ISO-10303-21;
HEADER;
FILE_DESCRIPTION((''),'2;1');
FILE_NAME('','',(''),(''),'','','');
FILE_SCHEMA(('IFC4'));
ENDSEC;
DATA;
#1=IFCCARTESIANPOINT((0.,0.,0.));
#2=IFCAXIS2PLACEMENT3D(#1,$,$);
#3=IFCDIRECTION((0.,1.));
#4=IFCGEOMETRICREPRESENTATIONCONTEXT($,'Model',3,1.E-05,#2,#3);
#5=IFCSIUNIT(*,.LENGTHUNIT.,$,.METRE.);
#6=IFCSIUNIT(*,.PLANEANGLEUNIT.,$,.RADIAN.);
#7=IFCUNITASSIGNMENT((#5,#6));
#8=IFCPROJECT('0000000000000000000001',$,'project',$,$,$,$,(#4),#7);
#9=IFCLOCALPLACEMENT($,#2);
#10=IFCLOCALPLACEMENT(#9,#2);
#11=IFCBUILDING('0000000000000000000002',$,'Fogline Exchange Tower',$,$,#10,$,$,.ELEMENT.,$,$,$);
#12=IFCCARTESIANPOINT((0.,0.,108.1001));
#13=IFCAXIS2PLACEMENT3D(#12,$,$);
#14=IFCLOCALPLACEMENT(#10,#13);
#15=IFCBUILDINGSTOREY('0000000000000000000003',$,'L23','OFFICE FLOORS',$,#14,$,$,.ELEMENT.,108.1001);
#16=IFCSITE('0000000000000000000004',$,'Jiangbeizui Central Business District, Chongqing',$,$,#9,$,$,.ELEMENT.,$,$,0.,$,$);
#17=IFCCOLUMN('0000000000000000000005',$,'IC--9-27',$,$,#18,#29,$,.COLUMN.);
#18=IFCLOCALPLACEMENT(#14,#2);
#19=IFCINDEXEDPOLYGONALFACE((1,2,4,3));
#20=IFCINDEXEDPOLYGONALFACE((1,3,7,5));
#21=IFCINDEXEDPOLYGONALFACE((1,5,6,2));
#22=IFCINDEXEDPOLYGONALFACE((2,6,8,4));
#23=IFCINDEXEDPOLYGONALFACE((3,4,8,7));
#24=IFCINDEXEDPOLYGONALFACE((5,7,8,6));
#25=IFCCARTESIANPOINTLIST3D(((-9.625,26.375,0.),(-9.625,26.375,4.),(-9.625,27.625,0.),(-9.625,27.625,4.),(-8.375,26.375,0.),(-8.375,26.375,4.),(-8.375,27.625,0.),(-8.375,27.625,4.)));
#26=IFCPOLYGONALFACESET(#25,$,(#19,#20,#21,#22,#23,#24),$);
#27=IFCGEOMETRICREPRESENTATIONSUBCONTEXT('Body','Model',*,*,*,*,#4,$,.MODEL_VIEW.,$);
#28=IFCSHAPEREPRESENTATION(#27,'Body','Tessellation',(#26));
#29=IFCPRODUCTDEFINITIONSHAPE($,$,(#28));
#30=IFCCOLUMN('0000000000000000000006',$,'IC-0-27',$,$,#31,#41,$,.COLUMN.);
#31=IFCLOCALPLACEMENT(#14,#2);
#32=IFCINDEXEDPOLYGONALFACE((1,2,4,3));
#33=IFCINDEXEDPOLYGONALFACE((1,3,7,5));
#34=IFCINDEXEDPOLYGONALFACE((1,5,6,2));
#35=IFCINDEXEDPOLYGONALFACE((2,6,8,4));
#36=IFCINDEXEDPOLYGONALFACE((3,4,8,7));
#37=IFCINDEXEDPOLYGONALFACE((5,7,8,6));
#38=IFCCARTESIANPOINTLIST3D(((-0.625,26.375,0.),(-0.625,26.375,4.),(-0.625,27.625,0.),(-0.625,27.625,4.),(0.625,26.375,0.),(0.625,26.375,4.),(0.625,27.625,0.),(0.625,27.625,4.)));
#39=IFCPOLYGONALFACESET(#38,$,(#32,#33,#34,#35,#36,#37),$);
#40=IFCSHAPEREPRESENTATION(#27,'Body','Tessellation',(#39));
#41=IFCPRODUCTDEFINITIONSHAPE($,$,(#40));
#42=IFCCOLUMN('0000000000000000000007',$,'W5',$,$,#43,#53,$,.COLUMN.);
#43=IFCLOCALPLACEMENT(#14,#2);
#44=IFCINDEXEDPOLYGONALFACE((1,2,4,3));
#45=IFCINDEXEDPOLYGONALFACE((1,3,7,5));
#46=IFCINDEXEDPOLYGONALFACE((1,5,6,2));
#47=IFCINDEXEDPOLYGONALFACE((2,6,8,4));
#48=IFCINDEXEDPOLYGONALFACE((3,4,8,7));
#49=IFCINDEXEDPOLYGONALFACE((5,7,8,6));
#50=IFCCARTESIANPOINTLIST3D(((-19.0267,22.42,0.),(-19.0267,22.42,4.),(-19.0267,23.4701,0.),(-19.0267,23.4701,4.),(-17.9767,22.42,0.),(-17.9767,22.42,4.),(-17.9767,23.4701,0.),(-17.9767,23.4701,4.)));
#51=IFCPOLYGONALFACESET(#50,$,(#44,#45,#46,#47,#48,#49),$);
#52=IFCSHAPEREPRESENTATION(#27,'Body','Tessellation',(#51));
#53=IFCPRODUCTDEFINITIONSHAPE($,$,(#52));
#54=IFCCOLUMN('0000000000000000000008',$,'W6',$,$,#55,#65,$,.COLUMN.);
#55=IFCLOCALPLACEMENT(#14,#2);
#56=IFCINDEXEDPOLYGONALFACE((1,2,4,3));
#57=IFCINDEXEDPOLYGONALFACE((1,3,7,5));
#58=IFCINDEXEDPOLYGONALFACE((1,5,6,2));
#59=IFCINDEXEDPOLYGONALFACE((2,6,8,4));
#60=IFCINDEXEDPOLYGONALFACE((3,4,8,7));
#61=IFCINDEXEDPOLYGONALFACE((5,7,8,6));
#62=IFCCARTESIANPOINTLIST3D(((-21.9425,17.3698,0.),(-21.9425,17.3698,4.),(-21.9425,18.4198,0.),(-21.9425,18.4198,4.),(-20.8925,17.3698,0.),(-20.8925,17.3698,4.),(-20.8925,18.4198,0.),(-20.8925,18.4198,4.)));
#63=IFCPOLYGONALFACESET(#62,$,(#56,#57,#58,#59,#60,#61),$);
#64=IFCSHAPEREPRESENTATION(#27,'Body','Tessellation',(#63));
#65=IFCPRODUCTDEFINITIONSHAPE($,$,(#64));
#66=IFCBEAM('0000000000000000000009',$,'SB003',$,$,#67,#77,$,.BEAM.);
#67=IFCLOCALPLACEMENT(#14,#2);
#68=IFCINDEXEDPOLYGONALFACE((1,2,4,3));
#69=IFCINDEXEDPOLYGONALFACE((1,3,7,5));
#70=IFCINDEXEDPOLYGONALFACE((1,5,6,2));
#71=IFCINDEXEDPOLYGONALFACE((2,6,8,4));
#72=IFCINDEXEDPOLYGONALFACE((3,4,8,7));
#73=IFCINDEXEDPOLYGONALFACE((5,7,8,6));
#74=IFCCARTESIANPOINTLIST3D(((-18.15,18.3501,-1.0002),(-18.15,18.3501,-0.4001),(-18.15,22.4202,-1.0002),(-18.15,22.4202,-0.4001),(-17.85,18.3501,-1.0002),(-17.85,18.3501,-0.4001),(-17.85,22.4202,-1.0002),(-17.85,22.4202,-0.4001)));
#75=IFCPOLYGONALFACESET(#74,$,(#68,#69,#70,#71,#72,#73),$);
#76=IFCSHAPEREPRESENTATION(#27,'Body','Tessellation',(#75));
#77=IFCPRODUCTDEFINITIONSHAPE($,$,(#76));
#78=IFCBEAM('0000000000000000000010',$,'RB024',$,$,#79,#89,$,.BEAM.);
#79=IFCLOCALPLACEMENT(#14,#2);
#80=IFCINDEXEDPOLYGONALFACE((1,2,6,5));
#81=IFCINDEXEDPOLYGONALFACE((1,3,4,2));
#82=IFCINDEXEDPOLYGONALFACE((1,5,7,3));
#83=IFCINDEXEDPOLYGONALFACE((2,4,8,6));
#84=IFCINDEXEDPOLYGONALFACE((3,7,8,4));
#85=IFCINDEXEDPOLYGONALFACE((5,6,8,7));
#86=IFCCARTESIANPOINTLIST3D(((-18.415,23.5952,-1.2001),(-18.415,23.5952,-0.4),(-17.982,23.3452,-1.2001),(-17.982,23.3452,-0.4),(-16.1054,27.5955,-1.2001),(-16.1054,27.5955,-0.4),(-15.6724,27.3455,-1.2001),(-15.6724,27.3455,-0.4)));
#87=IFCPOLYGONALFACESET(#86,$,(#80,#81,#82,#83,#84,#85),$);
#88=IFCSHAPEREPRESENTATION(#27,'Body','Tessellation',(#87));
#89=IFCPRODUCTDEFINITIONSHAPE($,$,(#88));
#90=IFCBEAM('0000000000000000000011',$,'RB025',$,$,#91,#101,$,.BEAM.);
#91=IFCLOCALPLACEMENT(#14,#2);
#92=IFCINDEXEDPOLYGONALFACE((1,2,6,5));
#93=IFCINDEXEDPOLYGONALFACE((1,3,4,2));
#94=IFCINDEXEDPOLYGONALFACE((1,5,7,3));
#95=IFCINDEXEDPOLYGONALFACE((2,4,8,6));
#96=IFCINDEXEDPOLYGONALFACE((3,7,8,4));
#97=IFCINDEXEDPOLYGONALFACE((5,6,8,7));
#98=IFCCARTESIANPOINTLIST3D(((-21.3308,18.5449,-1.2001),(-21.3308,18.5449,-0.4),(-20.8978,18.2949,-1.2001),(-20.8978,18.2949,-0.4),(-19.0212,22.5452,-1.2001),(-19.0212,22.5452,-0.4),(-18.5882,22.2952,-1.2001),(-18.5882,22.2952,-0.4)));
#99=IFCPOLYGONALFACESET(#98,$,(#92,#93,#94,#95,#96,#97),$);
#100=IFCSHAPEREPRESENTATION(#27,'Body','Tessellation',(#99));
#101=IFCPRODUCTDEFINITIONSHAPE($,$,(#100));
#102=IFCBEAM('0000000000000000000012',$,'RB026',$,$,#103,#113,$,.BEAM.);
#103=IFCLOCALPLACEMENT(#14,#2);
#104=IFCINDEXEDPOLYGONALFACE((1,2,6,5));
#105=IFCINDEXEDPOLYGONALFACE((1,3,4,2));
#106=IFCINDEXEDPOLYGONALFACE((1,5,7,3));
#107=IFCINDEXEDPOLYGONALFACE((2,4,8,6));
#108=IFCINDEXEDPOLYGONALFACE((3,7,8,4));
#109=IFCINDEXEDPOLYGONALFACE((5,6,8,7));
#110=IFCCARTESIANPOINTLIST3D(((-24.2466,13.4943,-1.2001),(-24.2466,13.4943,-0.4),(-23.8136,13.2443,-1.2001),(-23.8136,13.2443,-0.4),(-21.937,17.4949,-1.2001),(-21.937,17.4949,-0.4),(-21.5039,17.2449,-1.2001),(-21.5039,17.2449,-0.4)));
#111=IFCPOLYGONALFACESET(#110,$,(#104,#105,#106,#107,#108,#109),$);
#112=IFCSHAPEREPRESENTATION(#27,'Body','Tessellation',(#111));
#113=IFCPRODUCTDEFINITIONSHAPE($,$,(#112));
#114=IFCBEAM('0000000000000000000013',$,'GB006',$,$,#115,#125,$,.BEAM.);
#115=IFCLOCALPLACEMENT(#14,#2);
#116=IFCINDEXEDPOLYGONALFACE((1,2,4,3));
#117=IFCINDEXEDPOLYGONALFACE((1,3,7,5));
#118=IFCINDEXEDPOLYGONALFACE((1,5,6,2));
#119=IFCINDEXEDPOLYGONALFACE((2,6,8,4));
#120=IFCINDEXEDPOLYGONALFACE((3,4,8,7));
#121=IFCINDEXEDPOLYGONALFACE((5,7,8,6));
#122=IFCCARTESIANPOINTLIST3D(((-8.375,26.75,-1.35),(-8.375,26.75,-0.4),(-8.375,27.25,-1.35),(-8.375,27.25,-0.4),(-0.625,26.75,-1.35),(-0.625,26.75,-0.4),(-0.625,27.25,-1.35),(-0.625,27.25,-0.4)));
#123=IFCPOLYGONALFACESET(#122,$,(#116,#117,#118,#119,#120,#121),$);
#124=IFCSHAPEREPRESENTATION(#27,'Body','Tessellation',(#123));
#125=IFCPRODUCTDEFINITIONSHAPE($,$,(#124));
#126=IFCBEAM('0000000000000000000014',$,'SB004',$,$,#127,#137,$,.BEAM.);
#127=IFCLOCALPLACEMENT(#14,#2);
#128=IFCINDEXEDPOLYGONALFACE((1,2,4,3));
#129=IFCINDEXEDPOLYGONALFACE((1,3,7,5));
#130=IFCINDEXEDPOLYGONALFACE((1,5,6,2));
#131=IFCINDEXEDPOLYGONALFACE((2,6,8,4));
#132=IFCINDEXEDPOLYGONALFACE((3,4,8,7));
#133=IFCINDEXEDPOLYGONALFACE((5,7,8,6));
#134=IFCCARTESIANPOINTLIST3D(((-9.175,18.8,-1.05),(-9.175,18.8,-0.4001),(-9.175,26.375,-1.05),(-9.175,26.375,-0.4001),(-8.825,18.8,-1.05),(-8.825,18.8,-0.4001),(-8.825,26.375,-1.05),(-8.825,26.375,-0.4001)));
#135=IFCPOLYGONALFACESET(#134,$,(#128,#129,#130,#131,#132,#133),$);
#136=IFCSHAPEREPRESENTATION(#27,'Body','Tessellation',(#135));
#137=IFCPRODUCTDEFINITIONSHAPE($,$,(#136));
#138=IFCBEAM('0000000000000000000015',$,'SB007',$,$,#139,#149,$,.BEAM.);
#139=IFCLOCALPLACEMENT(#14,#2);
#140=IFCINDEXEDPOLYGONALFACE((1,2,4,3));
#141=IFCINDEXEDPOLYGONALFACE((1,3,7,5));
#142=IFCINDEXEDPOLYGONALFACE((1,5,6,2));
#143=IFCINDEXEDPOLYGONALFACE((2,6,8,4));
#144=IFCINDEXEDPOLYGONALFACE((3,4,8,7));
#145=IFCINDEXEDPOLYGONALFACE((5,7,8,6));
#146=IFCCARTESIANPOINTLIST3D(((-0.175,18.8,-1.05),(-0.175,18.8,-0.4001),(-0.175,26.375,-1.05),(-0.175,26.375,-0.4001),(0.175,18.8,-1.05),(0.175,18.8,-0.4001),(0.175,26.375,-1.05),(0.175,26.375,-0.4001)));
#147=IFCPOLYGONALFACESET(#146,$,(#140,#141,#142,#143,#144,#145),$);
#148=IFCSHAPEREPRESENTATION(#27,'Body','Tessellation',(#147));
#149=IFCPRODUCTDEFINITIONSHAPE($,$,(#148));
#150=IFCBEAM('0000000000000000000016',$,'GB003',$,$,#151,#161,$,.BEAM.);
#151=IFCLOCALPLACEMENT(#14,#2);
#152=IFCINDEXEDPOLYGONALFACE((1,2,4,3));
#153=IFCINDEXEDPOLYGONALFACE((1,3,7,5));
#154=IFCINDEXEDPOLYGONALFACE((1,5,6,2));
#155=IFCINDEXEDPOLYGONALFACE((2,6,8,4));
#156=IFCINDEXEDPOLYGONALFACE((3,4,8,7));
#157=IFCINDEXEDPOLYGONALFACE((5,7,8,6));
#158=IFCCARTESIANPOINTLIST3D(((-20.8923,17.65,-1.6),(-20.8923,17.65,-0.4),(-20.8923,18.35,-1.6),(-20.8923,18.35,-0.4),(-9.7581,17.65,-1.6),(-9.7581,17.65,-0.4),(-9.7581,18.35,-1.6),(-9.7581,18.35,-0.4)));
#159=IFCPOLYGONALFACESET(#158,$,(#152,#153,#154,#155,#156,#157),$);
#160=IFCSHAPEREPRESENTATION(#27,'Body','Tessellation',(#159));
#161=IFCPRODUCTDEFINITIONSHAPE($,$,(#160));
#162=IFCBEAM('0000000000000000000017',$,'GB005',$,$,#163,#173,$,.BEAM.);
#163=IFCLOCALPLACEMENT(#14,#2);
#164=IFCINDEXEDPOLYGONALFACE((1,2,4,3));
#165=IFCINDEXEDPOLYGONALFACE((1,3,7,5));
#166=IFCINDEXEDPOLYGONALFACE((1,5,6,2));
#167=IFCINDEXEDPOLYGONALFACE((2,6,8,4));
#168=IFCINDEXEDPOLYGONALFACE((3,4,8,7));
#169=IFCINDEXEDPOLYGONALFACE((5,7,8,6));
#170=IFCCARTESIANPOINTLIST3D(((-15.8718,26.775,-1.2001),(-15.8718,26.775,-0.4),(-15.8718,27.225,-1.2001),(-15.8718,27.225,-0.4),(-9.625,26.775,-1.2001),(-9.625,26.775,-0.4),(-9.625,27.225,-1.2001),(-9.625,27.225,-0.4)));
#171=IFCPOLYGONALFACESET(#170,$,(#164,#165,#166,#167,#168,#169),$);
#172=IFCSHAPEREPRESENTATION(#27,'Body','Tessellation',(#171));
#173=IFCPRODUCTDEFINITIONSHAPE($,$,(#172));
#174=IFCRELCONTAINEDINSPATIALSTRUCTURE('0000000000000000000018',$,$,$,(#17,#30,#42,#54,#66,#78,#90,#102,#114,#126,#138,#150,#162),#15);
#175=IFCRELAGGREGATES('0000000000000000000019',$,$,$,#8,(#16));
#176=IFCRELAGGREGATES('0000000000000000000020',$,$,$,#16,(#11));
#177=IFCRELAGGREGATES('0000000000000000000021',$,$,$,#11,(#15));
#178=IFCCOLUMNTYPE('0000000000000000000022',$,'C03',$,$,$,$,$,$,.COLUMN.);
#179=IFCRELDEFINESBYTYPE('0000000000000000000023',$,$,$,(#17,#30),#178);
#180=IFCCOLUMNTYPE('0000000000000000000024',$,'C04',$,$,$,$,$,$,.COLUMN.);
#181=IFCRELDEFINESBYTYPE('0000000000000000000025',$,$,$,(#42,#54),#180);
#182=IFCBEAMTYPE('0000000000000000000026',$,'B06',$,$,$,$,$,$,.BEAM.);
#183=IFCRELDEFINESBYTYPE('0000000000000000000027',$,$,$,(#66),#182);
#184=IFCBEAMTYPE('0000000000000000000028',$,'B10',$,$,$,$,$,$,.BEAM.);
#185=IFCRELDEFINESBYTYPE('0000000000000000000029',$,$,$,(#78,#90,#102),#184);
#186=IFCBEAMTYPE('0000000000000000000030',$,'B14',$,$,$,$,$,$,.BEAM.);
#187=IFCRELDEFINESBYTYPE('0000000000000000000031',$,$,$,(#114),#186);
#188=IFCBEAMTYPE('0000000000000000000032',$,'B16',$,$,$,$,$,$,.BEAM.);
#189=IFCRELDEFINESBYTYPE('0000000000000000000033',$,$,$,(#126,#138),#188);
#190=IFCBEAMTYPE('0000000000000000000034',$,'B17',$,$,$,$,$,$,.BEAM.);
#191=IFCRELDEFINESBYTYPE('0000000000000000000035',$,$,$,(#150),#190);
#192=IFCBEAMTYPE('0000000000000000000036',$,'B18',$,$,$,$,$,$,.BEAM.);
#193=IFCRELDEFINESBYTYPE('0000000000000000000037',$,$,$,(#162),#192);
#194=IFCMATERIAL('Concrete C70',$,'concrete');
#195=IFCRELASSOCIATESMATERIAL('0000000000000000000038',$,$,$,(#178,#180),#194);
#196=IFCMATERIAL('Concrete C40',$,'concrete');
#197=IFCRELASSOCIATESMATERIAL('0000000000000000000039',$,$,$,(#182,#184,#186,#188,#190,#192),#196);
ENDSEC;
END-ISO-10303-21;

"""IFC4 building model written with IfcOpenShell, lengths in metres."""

from ifc_helpers import new_model, si_unit, direction, frame, origin, origin_2d, place, context, subcontext, project, spatial, rectangle, extrude, material, material_profile, profile_set, type_object, element, save


model = new_model("IFC4")

# Units and contexts
model_context = context("Model", 3, precision=1e-05, world=origin(), true_north=direction((0.0, 1.0)))
body_context = subcontext(model_context, "Body", "Model", "MODEL_VIEW")
ifc_project = project(units=[si_unit("LENGTHUNIT", "METRE"), si_unit("PLANEANGLEUNIT", "RADIAN")], contexts=[model_context])

# Site, building, storey
site_placement = place(None, origin())
site = spatial("IfcSite", under=ifc_project, at=site_placement, Name="Jiangbeizui Central Business District, Chongqing", CompositionType="ELEMENT", RefElevation=0.0)
building_placement = place(site_placement, origin())
building = spatial("IfcBuilding", under=site, at=building_placement, Name="Fogline Exchange Tower", CompositionType="ELEMENT")
storey_placement = place(building_placement, frame((0.0, 0.0, 108.1001)))
storey = spatial("IfcBuildingStorey", under=building, at=storey_placement, Name="L23", Description="OFFICE FLOORS", CompositionType="ELEMENT", Elevation=108.1001)

# Columns
ifc_material_1 = material(Name="Concrete C70", Category="concrete")
ifc_material_profile_1 = material_profile(ifc_material_1, rectangle(XDim=1.25, YDim=1.25, at=origin_2d()), Name="RC 1250x1250")
ifc_profile_set_1 = profile_set([ifc_material_profile_1], Name="Concrete C70")
column_type_1 = type_object("IfcColumnType", Name="C03", PredefinedType="COLUMN", material=ifc_profile_set_1)
for number, where, z_axis, x_axis, name in (
    (1, (-9.0, 27.0, 0.0), (0.0, 0.0, 1.0), (1.0, 0.0, 0.0), "IC--9-27"),
    (2, (0.0, 27.0, 0.0), (0.0, 0.0, 1.0), (1.0, 0.0, 0.0), "IC-0-27"),
):
    element("IfcColumn", number, at=place(storey_placement, frame(where, z_axis=z_axis, x_axis=x_axis)), inside=storey, type_object=column_type_1, Name=name, PredefinedType="COLUMN", context=body_context, shape_type="SweptSolid", body=[
        extrude(rectangle(XDim=1.25, YDim=1.25, at=origin_2d()), origin(), (0.0, 0.0, 1.0), 4.0),
    ])
ifc_material_profile_2 = material_profile(ifc_material_1, rectangle(XDim=1.05, YDim=1.05, at=origin_2d()), Name="RC 1050x1050")
ifc_profile_set_2 = profile_set([ifc_material_profile_2], Name="Concrete C70")
column_type_2 = type_object("IfcColumnType", Name="C04", PredefinedType="COLUMN", material=ifc_profile_set_2)
for number, where, z_axis, x_axis, name in (
    (3, (-18.5017, 22.9451, 0.0), (0.0, 0.0, 1.0), (1.0, 0.0, 0.0), "W5"),
    (4, (-21.4175, 17.8948, 0.0), (0.0, 0.0, 1.0), (1.0, 0.0, 0.0), "W6"),
):
    element("IfcColumn", number, at=place(storey_placement, frame(where, z_axis=z_axis, x_axis=x_axis)), inside=storey, type_object=column_type_2, Name=name, PredefinedType="COLUMN", context=body_context, shape_type="SweptSolid", body=[
        extrude(rectangle(XDim=1.05, YDim=1.05, at=origin_2d()), origin(), (0.0, 0.0, 1.0), 4.0),
    ])

# Beams
ifc_material_2 = material(Name="Concrete C40", Category="concrete")
ifc_material_profile_3 = material_profile(ifc_material_2, rectangle(XDim=0.3, YDim=0.6001, at=origin_2d()), Name="RC 300x600")
ifc_profile_set_3 = profile_set([ifc_material_profile_3], Name="Concrete C40")
beam_type_1 = type_object("IfcBeamType", Name="B06", PredefinedType="BEAM", material=ifc_profile_set_3)
beam_1_placement = place(storey_placement, frame((-18.0, 18.3501, -0.7002), z_axis=(0.0, 1.0, 0.0), x_axis=(-1.0, 0.0, 0.0)))
element("IfcBeam", 5, at=beam_1_placement, inside=storey, type_object=beam_type_1, Name="SB003", PredefinedType="BEAM", context=body_context, shape_type="SweptSolid", body=[
    extrude(rectangle(XDim=0.3, YDim=0.6001, at=origin_2d()), origin(), (0.0, 0.0, 1.0), 4.0701),
])
ifc_material_profile_4 = material_profile(ifc_material_2, rectangle(XDim=0.5, YDim=0.8, at=origin_2d()), Name="RC 500x800")
ifc_profile_set_4 = profile_set([ifc_material_profile_4], Name="Concrete C40")
beam_type_2 = type_object("IfcBeamType", Name="B10", PredefinedType="BEAM", material=ifc_profile_set_4)
for number, where, z_axis, x_axis, name in (
    (6, (-15.8889, 27.4705, -0.8), (-0.500005, -0.866023, 0.0), (0.866023, -0.500005, 0.0), "RB024"),
    (7, (-18.8047, 22.4202, -0.8), (-0.500005, -0.866023, 0.0), (0.866023, -0.500005, 0.0), "RB025"),
):
    element("IfcBeam", number, at=place(storey_placement, frame(where, z_axis=z_axis, x_axis=x_axis)), inside=storey, type_object=beam_type_2, Name=name, PredefinedType="BEAM", context=body_context, shape_type="SweptSolid", body=[
        extrude(rectangle(XDim=0.5, YDim=0.8, at=origin_2d()), origin(), (0.0, 0.0, 1.0), 4.6191),
    ])
beam_2_placement = place(storey_placement, frame((-21.7205, 17.3699, -0.8), z_axis=(-0.499982, -0.866036, 0.0), x_axis=(0.866036, -0.499982, 0.0)))
element("IfcBeam", 8, at=beam_2_placement, inside=storey, type_object=beam_type_2, Name="RB026", PredefinedType="BEAM", context=body_context, shape_type="SweptSolid", body=[
    extrude(rectangle(XDim=0.5, YDim=0.8, at=origin_2d()), origin(), (0.0, 0.0, 1.0), 4.6194),
])
ifc_material_profile_5 = material_profile(ifc_material_2, rectangle(XDim=0.5, YDim=0.95, at=origin_2d()), Name="RC 500x950")
ifc_profile_set_5 = profile_set([ifc_material_profile_5], Name="Concrete C40")
beam_type_3 = type_object("IfcBeamType", Name="B14", PredefinedType="BEAM", material=ifc_profile_set_5)
beam_3_placement = place(storey_placement, frame((-8.375, 27.0, -0.875), z_axis=(1.0, 0.0, 0.0), x_axis=(0.0, 1.0, 0.0)))
element("IfcBeam", 9, at=beam_3_placement, inside=storey, type_object=beam_type_3, Name="GB006", PredefinedType="BEAM", context=body_context, shape_type="SweptSolid", body=[
    extrude(rectangle(XDim=0.5, YDim=0.95, at=origin_2d()), origin(), (0.0, 0.0, 1.0), 7.75),
])
ifc_material_profile_6 = material_profile(ifc_material_2, rectangle(XDim=0.3501, YDim=0.6499, at=origin_2d()), Name="RC 350x650")
ifc_profile_set_6 = profile_set([ifc_material_profile_6], Name="Concrete C40")
beam_type_4 = type_object("IfcBeamType", Name="B16", PredefinedType="BEAM", material=ifc_profile_set_6)
for number, where, z_axis, x_axis, name in (
    (10, (-9.0, 18.8, -0.7251), (0.0, 1.0, 0.0), (-1.0, 0.0, 0.0), "SB004"),
    (11, (0.0, 18.8, -0.7251), (0.0, 1.0, 0.0), (-1.0, 0.0, 0.0), "SB007"),
):
    element("IfcBeam", number, at=place(storey_placement, frame(where, z_axis=z_axis, x_axis=x_axis)), inside=storey, type_object=beam_type_4, Name=name, PredefinedType="BEAM", context=body_context, shape_type="SweptSolid", body=[
        extrude(rectangle(XDim=0.3501, YDim=0.6499, at=origin_2d()), origin(), (0.0, 0.0, 1.0), 7.575),
    ])
ifc_material_profile_7 = material_profile(ifc_material_2, rectangle(XDim=0.7, YDim=1.2, at=origin_2d()), Name="RC 700x1200")
ifc_profile_set_7 = profile_set([ifc_material_profile_7], Name="Concrete C40")
beam_type_5 = type_object("IfcBeamType", Name="B17", PredefinedType="BEAM", material=ifc_profile_set_7)
beam_4_placement = place(storey_placement, frame((-20.8923, 18.0, -1.0), z_axis=(1.0, 0.0, 0.0), x_axis=(0.0, 1.0, 0.0)))
element("IfcBeam", 12, at=beam_4_placement, inside=storey, type_object=beam_type_5, Name="GB003", PredefinedType="BEAM", context=body_context, shape_type="SweptSolid", body=[
    extrude(rectangle(XDim=0.7, YDim=1.2, at=origin_2d()), origin(), (0.0, 0.0, 1.0), 11.1343),
])
ifc_material_profile_8 = material_profile(ifc_material_2, rectangle(XDim=0.45, YDim=0.8, at=origin_2d()), Name="RC 450x800")
ifc_profile_set_8 = profile_set([ifc_material_profile_8], Name="Concrete C40")
beam_type_6 = type_object("IfcBeamType", Name="B18", PredefinedType="BEAM", material=ifc_profile_set_8)
beam_5_placement = place(storey_placement, frame((-15.8718, 27.0, -0.8), z_axis=(1.0, 0.0, 0.0), x_axis=(0.0, 1.0, 0.0)))
element("IfcBeam", 13, at=beam_5_placement, inside=storey, type_object=beam_type_6, Name="GB005", PredefinedType="BEAM", context=body_context, shape_type="SweptSolid", body=[
    extrude(rectangle(XDim=0.45, YDim=0.8, at=origin_2d()), origin(), (0.0, 0.0, 1.0), 6.2468),
])

save(model, "model.ifc")
